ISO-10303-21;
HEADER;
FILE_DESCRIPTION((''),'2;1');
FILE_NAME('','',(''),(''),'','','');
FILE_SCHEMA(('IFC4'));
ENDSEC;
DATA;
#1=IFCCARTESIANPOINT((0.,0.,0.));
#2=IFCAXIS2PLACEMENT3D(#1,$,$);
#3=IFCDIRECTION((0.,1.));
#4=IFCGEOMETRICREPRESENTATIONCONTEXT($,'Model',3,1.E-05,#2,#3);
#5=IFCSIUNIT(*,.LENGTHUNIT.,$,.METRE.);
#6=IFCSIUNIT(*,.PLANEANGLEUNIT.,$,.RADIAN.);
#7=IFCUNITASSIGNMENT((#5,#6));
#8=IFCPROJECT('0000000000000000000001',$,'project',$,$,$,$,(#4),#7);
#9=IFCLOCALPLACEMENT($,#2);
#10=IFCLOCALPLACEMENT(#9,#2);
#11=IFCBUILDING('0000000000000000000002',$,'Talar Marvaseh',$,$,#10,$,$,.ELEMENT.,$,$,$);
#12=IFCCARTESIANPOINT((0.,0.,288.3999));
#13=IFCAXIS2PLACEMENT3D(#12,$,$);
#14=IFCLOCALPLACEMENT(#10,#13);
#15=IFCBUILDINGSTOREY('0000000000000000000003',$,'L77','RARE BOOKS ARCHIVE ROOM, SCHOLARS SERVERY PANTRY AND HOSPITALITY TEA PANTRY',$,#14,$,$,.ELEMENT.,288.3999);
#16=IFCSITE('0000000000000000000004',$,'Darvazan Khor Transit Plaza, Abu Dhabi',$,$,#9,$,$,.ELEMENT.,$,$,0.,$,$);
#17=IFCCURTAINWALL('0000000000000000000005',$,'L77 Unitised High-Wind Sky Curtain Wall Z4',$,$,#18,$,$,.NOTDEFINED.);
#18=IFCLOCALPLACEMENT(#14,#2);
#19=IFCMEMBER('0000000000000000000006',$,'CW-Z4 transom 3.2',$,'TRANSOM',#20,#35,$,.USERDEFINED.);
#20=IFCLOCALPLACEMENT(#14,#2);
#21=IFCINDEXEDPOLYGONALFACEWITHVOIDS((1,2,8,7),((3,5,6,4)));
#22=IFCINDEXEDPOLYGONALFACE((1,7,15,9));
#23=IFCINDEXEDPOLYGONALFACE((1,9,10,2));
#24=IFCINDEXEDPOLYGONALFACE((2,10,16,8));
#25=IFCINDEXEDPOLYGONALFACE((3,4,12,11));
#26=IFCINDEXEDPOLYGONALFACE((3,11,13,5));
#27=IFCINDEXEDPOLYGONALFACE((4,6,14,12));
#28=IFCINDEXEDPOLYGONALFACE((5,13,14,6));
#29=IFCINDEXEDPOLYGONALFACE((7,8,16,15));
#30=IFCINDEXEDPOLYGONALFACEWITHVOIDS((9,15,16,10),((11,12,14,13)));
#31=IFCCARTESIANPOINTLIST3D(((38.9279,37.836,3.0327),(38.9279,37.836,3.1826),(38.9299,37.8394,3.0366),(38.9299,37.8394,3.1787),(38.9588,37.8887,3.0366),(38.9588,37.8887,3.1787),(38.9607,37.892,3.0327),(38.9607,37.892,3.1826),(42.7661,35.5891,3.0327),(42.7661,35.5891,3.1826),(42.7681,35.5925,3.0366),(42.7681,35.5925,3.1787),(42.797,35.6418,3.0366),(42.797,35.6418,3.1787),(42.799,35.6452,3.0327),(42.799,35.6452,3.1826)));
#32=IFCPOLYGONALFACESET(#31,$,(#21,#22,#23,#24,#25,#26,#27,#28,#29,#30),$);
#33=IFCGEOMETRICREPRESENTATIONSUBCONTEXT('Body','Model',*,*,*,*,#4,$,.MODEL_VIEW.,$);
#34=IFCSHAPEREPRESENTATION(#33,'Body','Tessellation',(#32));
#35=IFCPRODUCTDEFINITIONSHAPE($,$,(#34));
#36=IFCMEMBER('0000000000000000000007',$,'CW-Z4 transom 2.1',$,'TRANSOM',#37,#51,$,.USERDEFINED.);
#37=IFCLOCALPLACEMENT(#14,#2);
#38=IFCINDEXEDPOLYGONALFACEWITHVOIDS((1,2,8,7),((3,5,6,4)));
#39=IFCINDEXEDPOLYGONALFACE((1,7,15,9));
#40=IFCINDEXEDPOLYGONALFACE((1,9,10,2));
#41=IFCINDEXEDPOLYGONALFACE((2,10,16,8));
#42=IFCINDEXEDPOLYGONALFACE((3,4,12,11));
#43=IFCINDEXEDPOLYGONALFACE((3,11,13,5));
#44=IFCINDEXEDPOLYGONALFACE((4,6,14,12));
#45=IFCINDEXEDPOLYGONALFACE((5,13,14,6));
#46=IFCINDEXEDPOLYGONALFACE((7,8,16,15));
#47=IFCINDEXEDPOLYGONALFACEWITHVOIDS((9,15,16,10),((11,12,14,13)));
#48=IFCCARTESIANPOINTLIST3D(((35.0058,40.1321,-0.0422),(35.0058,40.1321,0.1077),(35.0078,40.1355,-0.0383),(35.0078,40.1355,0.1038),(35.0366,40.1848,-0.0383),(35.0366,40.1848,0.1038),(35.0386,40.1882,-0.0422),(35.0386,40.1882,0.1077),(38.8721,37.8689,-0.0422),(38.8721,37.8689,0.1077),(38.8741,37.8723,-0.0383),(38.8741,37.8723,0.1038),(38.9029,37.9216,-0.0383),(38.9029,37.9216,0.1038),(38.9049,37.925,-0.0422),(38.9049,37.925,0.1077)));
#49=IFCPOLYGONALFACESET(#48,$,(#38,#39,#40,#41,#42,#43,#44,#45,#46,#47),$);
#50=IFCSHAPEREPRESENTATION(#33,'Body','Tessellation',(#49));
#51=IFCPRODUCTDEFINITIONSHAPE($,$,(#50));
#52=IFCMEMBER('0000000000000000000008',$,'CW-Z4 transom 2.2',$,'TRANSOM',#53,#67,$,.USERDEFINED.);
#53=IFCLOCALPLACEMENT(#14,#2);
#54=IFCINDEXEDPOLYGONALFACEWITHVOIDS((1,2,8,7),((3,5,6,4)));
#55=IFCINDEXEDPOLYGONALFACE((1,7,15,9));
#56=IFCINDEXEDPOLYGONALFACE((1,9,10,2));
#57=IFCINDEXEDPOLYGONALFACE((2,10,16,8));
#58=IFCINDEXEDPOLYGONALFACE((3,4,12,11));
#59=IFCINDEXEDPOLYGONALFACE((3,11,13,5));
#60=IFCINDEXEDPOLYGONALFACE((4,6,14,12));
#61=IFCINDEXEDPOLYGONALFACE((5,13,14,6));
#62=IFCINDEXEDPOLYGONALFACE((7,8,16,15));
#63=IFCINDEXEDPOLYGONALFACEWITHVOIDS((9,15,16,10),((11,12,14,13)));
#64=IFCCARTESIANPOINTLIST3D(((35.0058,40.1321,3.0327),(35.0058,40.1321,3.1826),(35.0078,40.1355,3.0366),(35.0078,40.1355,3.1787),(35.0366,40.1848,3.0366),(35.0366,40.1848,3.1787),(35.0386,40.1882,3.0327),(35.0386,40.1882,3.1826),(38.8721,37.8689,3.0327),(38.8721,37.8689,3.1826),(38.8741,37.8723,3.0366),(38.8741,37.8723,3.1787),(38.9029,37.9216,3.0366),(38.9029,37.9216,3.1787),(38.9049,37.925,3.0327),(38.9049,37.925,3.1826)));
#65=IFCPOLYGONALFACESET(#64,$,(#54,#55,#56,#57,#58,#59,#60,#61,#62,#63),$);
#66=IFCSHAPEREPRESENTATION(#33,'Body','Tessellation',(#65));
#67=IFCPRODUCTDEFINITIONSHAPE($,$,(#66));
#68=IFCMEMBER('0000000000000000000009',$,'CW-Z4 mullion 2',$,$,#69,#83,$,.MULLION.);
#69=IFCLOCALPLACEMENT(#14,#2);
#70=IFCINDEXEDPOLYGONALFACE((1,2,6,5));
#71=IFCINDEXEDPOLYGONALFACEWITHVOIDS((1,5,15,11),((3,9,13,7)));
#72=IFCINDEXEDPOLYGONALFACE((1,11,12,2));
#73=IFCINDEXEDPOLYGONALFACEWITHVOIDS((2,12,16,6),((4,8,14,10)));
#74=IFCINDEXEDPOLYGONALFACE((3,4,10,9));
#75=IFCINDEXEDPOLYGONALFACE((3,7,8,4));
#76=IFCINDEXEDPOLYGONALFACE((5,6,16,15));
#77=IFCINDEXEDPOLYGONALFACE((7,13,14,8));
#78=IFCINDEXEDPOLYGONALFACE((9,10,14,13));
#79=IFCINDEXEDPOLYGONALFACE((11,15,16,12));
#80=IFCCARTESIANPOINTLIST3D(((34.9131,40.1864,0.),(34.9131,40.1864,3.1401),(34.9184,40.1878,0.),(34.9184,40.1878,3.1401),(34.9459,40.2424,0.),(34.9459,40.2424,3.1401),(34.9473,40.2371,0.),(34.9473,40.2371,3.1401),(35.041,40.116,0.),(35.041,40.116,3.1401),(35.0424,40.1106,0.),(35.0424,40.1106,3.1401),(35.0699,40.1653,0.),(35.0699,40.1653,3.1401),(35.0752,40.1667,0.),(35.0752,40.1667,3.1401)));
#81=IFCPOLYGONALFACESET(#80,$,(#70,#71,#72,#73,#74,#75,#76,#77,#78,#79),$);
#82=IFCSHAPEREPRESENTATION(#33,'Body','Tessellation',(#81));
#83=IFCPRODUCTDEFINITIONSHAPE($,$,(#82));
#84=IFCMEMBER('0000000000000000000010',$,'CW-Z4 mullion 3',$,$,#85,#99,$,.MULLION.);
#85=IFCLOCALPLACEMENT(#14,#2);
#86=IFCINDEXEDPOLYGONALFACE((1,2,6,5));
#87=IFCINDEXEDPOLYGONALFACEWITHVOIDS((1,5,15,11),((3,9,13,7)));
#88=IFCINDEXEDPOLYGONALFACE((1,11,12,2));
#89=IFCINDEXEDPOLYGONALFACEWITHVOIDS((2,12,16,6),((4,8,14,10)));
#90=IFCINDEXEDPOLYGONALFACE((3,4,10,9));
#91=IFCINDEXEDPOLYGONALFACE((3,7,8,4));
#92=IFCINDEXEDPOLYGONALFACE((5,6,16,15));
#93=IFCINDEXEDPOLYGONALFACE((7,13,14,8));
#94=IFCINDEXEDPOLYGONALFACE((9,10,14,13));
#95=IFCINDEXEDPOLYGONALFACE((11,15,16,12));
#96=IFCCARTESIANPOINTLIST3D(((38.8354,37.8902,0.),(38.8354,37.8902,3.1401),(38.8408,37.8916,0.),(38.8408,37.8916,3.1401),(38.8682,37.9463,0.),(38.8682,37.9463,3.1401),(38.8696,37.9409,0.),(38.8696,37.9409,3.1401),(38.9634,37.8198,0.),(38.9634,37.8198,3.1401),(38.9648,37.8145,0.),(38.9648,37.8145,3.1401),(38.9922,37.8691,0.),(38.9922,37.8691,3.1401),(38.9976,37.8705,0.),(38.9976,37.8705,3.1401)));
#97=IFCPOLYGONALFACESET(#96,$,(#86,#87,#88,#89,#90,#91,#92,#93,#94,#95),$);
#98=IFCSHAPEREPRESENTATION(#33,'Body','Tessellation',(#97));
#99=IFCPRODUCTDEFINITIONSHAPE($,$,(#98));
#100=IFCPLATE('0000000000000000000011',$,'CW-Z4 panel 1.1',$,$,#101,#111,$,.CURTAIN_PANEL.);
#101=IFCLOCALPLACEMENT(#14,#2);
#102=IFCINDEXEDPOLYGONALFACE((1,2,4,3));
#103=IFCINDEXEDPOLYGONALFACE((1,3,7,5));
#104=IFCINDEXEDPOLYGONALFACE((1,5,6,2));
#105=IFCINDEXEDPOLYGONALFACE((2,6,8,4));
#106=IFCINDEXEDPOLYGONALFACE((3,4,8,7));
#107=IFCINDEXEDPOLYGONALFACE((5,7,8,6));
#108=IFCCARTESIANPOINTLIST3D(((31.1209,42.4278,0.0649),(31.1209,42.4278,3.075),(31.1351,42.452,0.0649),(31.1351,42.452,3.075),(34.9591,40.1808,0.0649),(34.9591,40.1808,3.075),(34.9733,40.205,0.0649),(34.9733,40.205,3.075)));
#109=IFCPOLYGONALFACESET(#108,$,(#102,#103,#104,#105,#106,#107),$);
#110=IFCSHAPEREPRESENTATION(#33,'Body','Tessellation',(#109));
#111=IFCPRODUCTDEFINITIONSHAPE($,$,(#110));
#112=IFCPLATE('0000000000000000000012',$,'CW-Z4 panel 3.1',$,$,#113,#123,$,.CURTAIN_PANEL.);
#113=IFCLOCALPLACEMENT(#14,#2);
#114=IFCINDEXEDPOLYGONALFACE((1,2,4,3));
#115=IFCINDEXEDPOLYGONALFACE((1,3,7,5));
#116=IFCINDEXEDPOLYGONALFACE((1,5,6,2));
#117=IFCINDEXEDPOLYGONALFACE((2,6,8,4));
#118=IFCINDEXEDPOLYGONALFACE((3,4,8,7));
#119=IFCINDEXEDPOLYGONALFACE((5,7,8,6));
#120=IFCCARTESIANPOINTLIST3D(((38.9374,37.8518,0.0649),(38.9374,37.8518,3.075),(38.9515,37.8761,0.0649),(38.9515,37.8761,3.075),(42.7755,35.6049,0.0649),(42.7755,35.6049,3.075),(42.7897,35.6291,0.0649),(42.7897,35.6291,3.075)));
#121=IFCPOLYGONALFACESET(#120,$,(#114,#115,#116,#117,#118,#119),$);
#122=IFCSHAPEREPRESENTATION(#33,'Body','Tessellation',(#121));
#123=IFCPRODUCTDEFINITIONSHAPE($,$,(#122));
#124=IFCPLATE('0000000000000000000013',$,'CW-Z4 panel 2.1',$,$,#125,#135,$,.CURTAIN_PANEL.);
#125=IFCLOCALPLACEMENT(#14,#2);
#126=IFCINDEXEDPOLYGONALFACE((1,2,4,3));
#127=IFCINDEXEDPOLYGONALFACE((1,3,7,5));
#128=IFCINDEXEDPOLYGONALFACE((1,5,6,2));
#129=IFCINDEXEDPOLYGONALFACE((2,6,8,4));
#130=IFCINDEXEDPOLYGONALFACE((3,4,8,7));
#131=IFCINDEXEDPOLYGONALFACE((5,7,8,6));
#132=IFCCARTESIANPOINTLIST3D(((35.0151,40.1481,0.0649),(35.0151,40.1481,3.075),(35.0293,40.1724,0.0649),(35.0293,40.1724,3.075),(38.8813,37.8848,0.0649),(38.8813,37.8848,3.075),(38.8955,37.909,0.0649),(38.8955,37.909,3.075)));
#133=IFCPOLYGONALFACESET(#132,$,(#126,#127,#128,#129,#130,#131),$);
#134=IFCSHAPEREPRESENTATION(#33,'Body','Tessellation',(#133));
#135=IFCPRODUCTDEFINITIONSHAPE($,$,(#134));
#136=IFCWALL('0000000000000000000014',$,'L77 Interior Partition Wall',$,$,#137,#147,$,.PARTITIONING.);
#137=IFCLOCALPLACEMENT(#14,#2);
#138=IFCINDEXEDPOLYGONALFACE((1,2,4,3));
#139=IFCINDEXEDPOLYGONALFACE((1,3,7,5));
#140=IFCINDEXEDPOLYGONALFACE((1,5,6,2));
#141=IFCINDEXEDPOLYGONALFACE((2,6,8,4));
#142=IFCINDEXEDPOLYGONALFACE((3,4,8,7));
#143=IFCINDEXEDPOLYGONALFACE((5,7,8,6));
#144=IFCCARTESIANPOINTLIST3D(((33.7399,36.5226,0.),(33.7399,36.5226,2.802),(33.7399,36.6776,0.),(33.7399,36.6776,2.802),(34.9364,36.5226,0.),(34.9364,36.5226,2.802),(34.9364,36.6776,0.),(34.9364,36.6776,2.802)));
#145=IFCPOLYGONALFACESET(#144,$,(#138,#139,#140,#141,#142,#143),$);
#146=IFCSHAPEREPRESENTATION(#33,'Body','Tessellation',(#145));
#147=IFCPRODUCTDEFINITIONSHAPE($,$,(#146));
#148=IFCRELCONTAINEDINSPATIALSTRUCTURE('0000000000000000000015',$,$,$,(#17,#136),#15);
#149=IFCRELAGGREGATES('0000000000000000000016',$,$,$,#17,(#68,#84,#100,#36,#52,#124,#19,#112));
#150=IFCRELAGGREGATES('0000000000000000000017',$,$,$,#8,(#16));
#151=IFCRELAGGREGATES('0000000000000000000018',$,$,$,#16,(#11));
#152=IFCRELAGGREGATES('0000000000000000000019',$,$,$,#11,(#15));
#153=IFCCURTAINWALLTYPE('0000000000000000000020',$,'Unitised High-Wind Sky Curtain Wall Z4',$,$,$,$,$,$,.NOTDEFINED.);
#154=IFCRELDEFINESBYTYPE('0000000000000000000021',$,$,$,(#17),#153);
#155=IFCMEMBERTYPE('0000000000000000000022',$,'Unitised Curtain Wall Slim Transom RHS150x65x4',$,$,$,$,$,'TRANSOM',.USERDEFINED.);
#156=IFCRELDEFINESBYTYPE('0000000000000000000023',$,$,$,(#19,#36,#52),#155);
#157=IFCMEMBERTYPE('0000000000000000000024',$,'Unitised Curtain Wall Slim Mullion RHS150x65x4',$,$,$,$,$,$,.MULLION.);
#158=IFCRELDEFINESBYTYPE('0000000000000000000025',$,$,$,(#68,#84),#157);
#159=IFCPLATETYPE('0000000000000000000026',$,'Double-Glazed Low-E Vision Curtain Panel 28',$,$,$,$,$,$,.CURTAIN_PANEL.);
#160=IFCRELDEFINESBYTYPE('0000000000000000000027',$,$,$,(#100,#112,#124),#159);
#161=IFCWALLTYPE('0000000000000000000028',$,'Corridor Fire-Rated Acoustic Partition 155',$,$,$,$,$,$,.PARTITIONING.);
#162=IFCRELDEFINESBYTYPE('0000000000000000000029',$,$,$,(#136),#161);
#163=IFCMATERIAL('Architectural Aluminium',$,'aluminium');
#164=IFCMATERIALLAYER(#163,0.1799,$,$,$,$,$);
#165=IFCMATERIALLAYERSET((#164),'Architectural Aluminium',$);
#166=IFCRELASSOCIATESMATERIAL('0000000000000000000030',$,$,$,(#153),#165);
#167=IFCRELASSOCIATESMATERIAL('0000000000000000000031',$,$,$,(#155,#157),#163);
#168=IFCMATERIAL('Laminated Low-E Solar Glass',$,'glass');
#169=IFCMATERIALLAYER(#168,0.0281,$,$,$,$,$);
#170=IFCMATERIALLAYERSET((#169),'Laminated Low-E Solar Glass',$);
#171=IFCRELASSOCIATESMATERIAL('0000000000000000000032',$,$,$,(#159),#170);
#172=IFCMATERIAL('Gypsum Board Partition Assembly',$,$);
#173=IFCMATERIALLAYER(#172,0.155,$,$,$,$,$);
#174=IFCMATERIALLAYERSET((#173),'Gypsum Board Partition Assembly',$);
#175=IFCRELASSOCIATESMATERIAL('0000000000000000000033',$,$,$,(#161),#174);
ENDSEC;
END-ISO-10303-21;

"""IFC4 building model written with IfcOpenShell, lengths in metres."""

from ifc_helpers import new_model, si_unit, direction, frame, frame_2d, origin, origin_2d, place, context, subcontext, project, spatial, rectangle, hollow_rectangle, extrude, source, transform, mapped, material, layer, layer_set, material_profile, profile_set, type_object, type_shapes, element, aggregate, save


model = new_model("IFC4")

# Units and contexts
model_context = context("Model", 3, precision=1e-05, world=origin(), true_north=direction((0.0, 1.0)))
body_context = subcontext(model_context, "Body", "Model", "MODEL_VIEW")
ifc_project = project(units=[si_unit("LENGTHUNIT", "METRE"), si_unit("PLANEANGLEUNIT", "RADIAN")], contexts=[model_context])

# Site, building, storey
site_placement = place(None, origin())
site = spatial("IfcSite", under=ifc_project, at=site_placement, Name="Darvazan Khor Transit Plaza, Abu Dhabi", CompositionType="ELEMENT", RefElevation=0.0)
building_placement = place(site_placement, origin())
building = spatial("IfcBuilding", under=site, at=building_placement, Name="Talar Marvaseh", CompositionType="ELEMENT")
storey_placement = place(building_placement, frame((0.0, 0.0, 288.3999)))
storey = spatial("IfcBuildingStorey", under=building, at=storey_placement, Name="L77", Description="RARE BOOKS ARCHIVE ROOM, SCHOLARS SERVERY PANTRY AND HOSPITALITY TEA PANTRY", CompositionType="ELEMENT", Elevation=288.3999)

# Curtain wall, members, plates
ifc_material_1 = material(Name="Architectural Aluminium", Category="aluminium")
ifc_layer_1 = layer(ifc_material_1, 0.1799)
ifc_layer_set_1 = layer_set([ifc_layer_1], Name="Architectural Aluminium")
curtain_wall_type = type_object("IfcCurtainWallType", Name="Unitised High-Wind Sky Curtain Wall Z4", PredefinedType="NOTDEFINED", material=ifc_layer_set_1)
curtain_wall_placement = place(storey_placement, origin())
curtain_wall = element("IfcCurtainWall", 1, at=curtain_wall_placement, inside=storey, type_object=curtain_wall_type, Name="L77 Unitised High-Wind Sky Curtain Wall Z4", PredefinedType="NOTDEFINED")
ifc_material_profile_1 = material_profile(ifc_material_1, hollow_rectangle(XDim=0.0649, YDim=0.1499, WallThickness=0.0039, at=origin_2d()), Name="RHS150x65x4")
ifc_profile_set_1 = profile_set([ifc_material_profile_1], Name="Architectural Aluminium")
member_type_1 = type_object("IfcMemberType", Name="Unitised Curtain Wall Slim Transom RHS150x65x4", ElementType="TRANSOM", PredefinedType="USERDEFINED", material=ifc_profile_set_1)
shared_shape_1 = source(origin(), body_context, "Body", "SweptSolid", [
    extrude(hollow_rectangle(XDim=0.0649, YDim=0.1499, WallThickness=0.0039, at=origin_2d()), origin(), (0.0, 0.0, 1.0), 4.4475),
])
member_1_placement = place(storey_placement, frame((38.9443, 37.864, 3.1077), z_axis=(0.863003, -0.505198, 0.0), x_axis=(0.505198, 0.863003, 0.0)))
member_1 = element("IfcMember", 2, at=member_1_placement, type_object=member_type_1, Name="CW-Z4 transom 3.2", ObjectType="TRANSOM", PredefinedType="USERDEFINED", context=body_context, shape_type="MappedRepresentation", body=[
    mapped(shared_shape_1, transform((0.0, 0.0, 0.0), x_axis=(1.0, 0.0, 0.0), y_axis=(0.0, 1.0, 0.0), z_axis=(0.0, 0.0, 1.0), scale=1.0)),
])
shared_shape_2 = source(origin(), body_context, "Body", "SweptSolid", [
    extrude(hollow_rectangle(XDim=0.0649, YDim=0.1499, WallThickness=0.0039, at=origin_2d()), origin(), (0.0, 0.0, 1.0), 4.48),
])
member_2_placement = place(storey_placement, frame((35.0222, 40.1602, 0.0327), z_axis=(0.863011, -0.505185, 0.0), x_axis=(0.505185, 0.863011, 0.0)))
member_2 = element("IfcMember", 3, at=member_2_placement, type_object=member_type_1, Name="CW-Z4 transom 2.1", ObjectType="TRANSOM", PredefinedType="USERDEFINED", context=body_context, shape_type="MappedRepresentation", body=[
    mapped(shared_shape_2, transform((0.0, 0.0, 0.0), x_axis=(1.0, 0.0, 0.0), y_axis=(0.0, 1.0, 0.0), z_axis=(0.0, 0.0, 1.0), scale=1.0)),
])
member_3_placement = place(storey_placement, frame((35.0222, 40.1602, 3.1077), z_axis=(0.863011, -0.505185, 0.0), x_axis=(0.505185, 0.863011, 0.0)))
member_3 = element("IfcMember", 4, at=member_3_placement, type_object=member_type_1, Name="CW-Z4 transom 2.2", ObjectType="TRANSOM", PredefinedType="USERDEFINED", context=body_context, shape_type="MappedRepresentation", body=[
    mapped(shared_shape_2, transform((0.0, 0.0, 0.0), x_axis=(1.0, 0.0, 0.0), y_axis=(0.0, 1.0, 0.0), z_axis=(0.0, 0.0, 1.0), scale=1.0)),
])
ifc_material_profile_2 = material_profile(ifc_material_1, hollow_rectangle(XDim=0.0649, YDim=0.1499, WallThickness=0.0039, at=origin_2d()), Name="RHS150x65x4")
ifc_profile_set_2 = profile_set([ifc_material_profile_2], Name="Architectural Aluminium")
member_type_2 = type_object("IfcMemberType", Name="Unitised Curtain Wall Slim Mullion RHS150x65x4", PredefinedType="MULLION", material=ifc_profile_set_2)
shared_shape_3 = source(origin(), body_context, "Body", "SweptSolid", [
    extrude(hollow_rectangle(XDim=0.0649, YDim=0.1499, WallThickness=0.0039, at=origin_2d()), origin(), (0.0, 0.0, 1.0), 3.1401),
])
type_shapes(member_type_2, [shared_shape_3])
member_4_placement = place(storey_placement, frame((34.9941, 40.1765, 0.0), z_axis=(0.0, 0.0, 1.0), x_axis=(0.505219, 0.862991, 0.0)))
member_4 = element("IfcMember", 5, at=member_4_placement, type_object=member_type_2, Name="CW-Z4 mullion 2", PredefinedType="MULLION", context=body_context, shape_type="MappedRepresentation", body=[
    mapped(shared_shape_3, transform((0.0, 0.0, 0.0), x_axis=(1.0, 0.0, 0.0), y_axis=(0.0, 1.0, 0.0), z_axis=(0.0, 0.0, 1.0), scale=1.0)),
])
member_5_placement = place(storey_placement, frame((38.9165, 37.8804, 0.0), z_axis=(0.0, 0.0, 1.0), x_axis=(0.505219, 0.862991, 0.0)))
member_5 = element("IfcMember", 6, at=member_5_placement, type_object=member_type_2, Name="CW-Z4 mullion 3", PredefinedType="MULLION", context=body_context, shape_type="MappedRepresentation", body=[
    mapped(shared_shape_3, transform((0.0, 0.0, 0.0), x_axis=(1.0, 0.0, 0.0), y_axis=(0.0, 1.0, 0.0), z_axis=(0.0, 0.0, 1.0), scale=1.0)),
])
ifc_material_2 = material(Name="Laminated Low-E Solar Glass", Category="glass")
ifc_layer_2 = layer(ifc_material_2, 0.0281)
ifc_layer_set_2 = layer_set([ifc_layer_2], Name="Laminated Low-E Solar Glass")
plate_type = type_object("IfcPlateType", Name="Double-Glazed Low-E Vision Curtain Panel 28", PredefinedType="CURTAIN_PANEL", material=ifc_layer_set_2)
shared_shape_4 = source(origin(), body_context, "Body", "SweptSolid", [
    extrude(rectangle(XDim=4.4475, YDim=0.0281, at=origin_2d()), origin(), (0.0, 0.0, 1.0), 3.01),
])
plate_1_placement = place(storey_placement, frame((33.0471, 41.3164, 0.0649), z_axis=(0.0, 0.0, 1.0), x_axis=(0.862991, -0.505219, 0.0)))
plate_1 = element("IfcPlate", 7, at=plate_1_placement, type_object=plate_type, Name="CW-Z4 panel 1.1", PredefinedType="CURTAIN_PANEL", context=body_context, shape_type="MappedRepresentation", body=[
    mapped(shared_shape_4, transform((0.0, 0.0, 0.0), x_axis=(1.0, 0.0, 0.0), y_axis=(0.0, 1.0, 0.0), z_axis=(0.0, 0.0, 1.0), scale=1.0)),
])
plate_2_placement = place(storey_placement, frame((40.8635, 36.7405, 0.0649), z_axis=(0.0, 0.0, 1.0), x_axis=(0.862991, -0.505219, 0.0)))
plate_2 = element("IfcPlate", 8, at=plate_2_placement, type_object=plate_type, Name="CW-Z4 panel 3.1", PredefinedType="CURTAIN_PANEL", context=body_context, shape_type="MappedRepresentation", body=[
    mapped(shared_shape_4, transform((0.0, 0.0, 0.0), x_axis=(1.0, 0.0, 0.0), y_axis=(0.0, 1.0, 0.0), z_axis=(0.0, 0.0, 1.0), scale=1.0)),
])
shared_shape_5 = source(origin(), body_context, "Body", "SweptSolid", [
    extrude(rectangle(XDim=4.48, YDim=0.0281, at=origin_2d()), origin(), (0.0, 0.0, 1.0), 3.01),
])
type_shapes(plate_type, [shared_shape_4, shared_shape_5])
plate_3_placement = place(storey_placement, frame((36.9553, 39.0286, 0.0649), z_axis=(0.0, 0.0, 1.0), x_axis=(0.862991, -0.505219, 0.0)))
plate_3 = element("IfcPlate", 9, at=plate_3_placement, type_object=plate_type, Name="CW-Z4 panel 2.1", PredefinedType="CURTAIN_PANEL", context=body_context, shape_type="MappedRepresentation", body=[
    mapped(shared_shape_5, transform((0.0, 0.0, 0.0), x_axis=(1.0, 0.0, 0.0), y_axis=(0.0, 1.0, 0.0), z_axis=(0.0, 0.0, 1.0), scale=1.0)),
])
aggregate(curtain_wall, [member_4, member_5, plate_1, member_2, member_3, plate_3, member_1, plate_2])

# Shared definitions
ifc_material_3 = material(Name="Gypsum Board Partition Assembly")
ifc_layer_3 = layer(ifc_material_3, 0.155)
ifc_layer_set_3 = layer_set([ifc_layer_3], Name="Gypsum Board Partition Assembly")
wall_type = type_object("IfcWallType", Name="Corridor Fire-Rated Acoustic Partition 155", PredefinedType="PARTITIONING", material=ifc_layer_set_3)

# Wall
wall_1_placement = place(storey_placement, frame((33.74, 36.6001, 0.0), z_axis=(0.0, 0.0, 1.0), x_axis=(1.0, 0.0, 0.0)))
element("IfcWall", 10, at=wall_1_placement, inside=storey, type_object=wall_type, Name="L77 Interior Partition Wall", PredefinedType="PARTITIONING", context=body_context, shape_type="SweptSolid", body=[
    extrude(rectangle(XDim=1.1965, YDim=0.155, at=frame_2d((0.5981, 0.0))), origin(), (0.0, 0.0, 1.0), 2.802),
])

save(model, "model.ifc")
